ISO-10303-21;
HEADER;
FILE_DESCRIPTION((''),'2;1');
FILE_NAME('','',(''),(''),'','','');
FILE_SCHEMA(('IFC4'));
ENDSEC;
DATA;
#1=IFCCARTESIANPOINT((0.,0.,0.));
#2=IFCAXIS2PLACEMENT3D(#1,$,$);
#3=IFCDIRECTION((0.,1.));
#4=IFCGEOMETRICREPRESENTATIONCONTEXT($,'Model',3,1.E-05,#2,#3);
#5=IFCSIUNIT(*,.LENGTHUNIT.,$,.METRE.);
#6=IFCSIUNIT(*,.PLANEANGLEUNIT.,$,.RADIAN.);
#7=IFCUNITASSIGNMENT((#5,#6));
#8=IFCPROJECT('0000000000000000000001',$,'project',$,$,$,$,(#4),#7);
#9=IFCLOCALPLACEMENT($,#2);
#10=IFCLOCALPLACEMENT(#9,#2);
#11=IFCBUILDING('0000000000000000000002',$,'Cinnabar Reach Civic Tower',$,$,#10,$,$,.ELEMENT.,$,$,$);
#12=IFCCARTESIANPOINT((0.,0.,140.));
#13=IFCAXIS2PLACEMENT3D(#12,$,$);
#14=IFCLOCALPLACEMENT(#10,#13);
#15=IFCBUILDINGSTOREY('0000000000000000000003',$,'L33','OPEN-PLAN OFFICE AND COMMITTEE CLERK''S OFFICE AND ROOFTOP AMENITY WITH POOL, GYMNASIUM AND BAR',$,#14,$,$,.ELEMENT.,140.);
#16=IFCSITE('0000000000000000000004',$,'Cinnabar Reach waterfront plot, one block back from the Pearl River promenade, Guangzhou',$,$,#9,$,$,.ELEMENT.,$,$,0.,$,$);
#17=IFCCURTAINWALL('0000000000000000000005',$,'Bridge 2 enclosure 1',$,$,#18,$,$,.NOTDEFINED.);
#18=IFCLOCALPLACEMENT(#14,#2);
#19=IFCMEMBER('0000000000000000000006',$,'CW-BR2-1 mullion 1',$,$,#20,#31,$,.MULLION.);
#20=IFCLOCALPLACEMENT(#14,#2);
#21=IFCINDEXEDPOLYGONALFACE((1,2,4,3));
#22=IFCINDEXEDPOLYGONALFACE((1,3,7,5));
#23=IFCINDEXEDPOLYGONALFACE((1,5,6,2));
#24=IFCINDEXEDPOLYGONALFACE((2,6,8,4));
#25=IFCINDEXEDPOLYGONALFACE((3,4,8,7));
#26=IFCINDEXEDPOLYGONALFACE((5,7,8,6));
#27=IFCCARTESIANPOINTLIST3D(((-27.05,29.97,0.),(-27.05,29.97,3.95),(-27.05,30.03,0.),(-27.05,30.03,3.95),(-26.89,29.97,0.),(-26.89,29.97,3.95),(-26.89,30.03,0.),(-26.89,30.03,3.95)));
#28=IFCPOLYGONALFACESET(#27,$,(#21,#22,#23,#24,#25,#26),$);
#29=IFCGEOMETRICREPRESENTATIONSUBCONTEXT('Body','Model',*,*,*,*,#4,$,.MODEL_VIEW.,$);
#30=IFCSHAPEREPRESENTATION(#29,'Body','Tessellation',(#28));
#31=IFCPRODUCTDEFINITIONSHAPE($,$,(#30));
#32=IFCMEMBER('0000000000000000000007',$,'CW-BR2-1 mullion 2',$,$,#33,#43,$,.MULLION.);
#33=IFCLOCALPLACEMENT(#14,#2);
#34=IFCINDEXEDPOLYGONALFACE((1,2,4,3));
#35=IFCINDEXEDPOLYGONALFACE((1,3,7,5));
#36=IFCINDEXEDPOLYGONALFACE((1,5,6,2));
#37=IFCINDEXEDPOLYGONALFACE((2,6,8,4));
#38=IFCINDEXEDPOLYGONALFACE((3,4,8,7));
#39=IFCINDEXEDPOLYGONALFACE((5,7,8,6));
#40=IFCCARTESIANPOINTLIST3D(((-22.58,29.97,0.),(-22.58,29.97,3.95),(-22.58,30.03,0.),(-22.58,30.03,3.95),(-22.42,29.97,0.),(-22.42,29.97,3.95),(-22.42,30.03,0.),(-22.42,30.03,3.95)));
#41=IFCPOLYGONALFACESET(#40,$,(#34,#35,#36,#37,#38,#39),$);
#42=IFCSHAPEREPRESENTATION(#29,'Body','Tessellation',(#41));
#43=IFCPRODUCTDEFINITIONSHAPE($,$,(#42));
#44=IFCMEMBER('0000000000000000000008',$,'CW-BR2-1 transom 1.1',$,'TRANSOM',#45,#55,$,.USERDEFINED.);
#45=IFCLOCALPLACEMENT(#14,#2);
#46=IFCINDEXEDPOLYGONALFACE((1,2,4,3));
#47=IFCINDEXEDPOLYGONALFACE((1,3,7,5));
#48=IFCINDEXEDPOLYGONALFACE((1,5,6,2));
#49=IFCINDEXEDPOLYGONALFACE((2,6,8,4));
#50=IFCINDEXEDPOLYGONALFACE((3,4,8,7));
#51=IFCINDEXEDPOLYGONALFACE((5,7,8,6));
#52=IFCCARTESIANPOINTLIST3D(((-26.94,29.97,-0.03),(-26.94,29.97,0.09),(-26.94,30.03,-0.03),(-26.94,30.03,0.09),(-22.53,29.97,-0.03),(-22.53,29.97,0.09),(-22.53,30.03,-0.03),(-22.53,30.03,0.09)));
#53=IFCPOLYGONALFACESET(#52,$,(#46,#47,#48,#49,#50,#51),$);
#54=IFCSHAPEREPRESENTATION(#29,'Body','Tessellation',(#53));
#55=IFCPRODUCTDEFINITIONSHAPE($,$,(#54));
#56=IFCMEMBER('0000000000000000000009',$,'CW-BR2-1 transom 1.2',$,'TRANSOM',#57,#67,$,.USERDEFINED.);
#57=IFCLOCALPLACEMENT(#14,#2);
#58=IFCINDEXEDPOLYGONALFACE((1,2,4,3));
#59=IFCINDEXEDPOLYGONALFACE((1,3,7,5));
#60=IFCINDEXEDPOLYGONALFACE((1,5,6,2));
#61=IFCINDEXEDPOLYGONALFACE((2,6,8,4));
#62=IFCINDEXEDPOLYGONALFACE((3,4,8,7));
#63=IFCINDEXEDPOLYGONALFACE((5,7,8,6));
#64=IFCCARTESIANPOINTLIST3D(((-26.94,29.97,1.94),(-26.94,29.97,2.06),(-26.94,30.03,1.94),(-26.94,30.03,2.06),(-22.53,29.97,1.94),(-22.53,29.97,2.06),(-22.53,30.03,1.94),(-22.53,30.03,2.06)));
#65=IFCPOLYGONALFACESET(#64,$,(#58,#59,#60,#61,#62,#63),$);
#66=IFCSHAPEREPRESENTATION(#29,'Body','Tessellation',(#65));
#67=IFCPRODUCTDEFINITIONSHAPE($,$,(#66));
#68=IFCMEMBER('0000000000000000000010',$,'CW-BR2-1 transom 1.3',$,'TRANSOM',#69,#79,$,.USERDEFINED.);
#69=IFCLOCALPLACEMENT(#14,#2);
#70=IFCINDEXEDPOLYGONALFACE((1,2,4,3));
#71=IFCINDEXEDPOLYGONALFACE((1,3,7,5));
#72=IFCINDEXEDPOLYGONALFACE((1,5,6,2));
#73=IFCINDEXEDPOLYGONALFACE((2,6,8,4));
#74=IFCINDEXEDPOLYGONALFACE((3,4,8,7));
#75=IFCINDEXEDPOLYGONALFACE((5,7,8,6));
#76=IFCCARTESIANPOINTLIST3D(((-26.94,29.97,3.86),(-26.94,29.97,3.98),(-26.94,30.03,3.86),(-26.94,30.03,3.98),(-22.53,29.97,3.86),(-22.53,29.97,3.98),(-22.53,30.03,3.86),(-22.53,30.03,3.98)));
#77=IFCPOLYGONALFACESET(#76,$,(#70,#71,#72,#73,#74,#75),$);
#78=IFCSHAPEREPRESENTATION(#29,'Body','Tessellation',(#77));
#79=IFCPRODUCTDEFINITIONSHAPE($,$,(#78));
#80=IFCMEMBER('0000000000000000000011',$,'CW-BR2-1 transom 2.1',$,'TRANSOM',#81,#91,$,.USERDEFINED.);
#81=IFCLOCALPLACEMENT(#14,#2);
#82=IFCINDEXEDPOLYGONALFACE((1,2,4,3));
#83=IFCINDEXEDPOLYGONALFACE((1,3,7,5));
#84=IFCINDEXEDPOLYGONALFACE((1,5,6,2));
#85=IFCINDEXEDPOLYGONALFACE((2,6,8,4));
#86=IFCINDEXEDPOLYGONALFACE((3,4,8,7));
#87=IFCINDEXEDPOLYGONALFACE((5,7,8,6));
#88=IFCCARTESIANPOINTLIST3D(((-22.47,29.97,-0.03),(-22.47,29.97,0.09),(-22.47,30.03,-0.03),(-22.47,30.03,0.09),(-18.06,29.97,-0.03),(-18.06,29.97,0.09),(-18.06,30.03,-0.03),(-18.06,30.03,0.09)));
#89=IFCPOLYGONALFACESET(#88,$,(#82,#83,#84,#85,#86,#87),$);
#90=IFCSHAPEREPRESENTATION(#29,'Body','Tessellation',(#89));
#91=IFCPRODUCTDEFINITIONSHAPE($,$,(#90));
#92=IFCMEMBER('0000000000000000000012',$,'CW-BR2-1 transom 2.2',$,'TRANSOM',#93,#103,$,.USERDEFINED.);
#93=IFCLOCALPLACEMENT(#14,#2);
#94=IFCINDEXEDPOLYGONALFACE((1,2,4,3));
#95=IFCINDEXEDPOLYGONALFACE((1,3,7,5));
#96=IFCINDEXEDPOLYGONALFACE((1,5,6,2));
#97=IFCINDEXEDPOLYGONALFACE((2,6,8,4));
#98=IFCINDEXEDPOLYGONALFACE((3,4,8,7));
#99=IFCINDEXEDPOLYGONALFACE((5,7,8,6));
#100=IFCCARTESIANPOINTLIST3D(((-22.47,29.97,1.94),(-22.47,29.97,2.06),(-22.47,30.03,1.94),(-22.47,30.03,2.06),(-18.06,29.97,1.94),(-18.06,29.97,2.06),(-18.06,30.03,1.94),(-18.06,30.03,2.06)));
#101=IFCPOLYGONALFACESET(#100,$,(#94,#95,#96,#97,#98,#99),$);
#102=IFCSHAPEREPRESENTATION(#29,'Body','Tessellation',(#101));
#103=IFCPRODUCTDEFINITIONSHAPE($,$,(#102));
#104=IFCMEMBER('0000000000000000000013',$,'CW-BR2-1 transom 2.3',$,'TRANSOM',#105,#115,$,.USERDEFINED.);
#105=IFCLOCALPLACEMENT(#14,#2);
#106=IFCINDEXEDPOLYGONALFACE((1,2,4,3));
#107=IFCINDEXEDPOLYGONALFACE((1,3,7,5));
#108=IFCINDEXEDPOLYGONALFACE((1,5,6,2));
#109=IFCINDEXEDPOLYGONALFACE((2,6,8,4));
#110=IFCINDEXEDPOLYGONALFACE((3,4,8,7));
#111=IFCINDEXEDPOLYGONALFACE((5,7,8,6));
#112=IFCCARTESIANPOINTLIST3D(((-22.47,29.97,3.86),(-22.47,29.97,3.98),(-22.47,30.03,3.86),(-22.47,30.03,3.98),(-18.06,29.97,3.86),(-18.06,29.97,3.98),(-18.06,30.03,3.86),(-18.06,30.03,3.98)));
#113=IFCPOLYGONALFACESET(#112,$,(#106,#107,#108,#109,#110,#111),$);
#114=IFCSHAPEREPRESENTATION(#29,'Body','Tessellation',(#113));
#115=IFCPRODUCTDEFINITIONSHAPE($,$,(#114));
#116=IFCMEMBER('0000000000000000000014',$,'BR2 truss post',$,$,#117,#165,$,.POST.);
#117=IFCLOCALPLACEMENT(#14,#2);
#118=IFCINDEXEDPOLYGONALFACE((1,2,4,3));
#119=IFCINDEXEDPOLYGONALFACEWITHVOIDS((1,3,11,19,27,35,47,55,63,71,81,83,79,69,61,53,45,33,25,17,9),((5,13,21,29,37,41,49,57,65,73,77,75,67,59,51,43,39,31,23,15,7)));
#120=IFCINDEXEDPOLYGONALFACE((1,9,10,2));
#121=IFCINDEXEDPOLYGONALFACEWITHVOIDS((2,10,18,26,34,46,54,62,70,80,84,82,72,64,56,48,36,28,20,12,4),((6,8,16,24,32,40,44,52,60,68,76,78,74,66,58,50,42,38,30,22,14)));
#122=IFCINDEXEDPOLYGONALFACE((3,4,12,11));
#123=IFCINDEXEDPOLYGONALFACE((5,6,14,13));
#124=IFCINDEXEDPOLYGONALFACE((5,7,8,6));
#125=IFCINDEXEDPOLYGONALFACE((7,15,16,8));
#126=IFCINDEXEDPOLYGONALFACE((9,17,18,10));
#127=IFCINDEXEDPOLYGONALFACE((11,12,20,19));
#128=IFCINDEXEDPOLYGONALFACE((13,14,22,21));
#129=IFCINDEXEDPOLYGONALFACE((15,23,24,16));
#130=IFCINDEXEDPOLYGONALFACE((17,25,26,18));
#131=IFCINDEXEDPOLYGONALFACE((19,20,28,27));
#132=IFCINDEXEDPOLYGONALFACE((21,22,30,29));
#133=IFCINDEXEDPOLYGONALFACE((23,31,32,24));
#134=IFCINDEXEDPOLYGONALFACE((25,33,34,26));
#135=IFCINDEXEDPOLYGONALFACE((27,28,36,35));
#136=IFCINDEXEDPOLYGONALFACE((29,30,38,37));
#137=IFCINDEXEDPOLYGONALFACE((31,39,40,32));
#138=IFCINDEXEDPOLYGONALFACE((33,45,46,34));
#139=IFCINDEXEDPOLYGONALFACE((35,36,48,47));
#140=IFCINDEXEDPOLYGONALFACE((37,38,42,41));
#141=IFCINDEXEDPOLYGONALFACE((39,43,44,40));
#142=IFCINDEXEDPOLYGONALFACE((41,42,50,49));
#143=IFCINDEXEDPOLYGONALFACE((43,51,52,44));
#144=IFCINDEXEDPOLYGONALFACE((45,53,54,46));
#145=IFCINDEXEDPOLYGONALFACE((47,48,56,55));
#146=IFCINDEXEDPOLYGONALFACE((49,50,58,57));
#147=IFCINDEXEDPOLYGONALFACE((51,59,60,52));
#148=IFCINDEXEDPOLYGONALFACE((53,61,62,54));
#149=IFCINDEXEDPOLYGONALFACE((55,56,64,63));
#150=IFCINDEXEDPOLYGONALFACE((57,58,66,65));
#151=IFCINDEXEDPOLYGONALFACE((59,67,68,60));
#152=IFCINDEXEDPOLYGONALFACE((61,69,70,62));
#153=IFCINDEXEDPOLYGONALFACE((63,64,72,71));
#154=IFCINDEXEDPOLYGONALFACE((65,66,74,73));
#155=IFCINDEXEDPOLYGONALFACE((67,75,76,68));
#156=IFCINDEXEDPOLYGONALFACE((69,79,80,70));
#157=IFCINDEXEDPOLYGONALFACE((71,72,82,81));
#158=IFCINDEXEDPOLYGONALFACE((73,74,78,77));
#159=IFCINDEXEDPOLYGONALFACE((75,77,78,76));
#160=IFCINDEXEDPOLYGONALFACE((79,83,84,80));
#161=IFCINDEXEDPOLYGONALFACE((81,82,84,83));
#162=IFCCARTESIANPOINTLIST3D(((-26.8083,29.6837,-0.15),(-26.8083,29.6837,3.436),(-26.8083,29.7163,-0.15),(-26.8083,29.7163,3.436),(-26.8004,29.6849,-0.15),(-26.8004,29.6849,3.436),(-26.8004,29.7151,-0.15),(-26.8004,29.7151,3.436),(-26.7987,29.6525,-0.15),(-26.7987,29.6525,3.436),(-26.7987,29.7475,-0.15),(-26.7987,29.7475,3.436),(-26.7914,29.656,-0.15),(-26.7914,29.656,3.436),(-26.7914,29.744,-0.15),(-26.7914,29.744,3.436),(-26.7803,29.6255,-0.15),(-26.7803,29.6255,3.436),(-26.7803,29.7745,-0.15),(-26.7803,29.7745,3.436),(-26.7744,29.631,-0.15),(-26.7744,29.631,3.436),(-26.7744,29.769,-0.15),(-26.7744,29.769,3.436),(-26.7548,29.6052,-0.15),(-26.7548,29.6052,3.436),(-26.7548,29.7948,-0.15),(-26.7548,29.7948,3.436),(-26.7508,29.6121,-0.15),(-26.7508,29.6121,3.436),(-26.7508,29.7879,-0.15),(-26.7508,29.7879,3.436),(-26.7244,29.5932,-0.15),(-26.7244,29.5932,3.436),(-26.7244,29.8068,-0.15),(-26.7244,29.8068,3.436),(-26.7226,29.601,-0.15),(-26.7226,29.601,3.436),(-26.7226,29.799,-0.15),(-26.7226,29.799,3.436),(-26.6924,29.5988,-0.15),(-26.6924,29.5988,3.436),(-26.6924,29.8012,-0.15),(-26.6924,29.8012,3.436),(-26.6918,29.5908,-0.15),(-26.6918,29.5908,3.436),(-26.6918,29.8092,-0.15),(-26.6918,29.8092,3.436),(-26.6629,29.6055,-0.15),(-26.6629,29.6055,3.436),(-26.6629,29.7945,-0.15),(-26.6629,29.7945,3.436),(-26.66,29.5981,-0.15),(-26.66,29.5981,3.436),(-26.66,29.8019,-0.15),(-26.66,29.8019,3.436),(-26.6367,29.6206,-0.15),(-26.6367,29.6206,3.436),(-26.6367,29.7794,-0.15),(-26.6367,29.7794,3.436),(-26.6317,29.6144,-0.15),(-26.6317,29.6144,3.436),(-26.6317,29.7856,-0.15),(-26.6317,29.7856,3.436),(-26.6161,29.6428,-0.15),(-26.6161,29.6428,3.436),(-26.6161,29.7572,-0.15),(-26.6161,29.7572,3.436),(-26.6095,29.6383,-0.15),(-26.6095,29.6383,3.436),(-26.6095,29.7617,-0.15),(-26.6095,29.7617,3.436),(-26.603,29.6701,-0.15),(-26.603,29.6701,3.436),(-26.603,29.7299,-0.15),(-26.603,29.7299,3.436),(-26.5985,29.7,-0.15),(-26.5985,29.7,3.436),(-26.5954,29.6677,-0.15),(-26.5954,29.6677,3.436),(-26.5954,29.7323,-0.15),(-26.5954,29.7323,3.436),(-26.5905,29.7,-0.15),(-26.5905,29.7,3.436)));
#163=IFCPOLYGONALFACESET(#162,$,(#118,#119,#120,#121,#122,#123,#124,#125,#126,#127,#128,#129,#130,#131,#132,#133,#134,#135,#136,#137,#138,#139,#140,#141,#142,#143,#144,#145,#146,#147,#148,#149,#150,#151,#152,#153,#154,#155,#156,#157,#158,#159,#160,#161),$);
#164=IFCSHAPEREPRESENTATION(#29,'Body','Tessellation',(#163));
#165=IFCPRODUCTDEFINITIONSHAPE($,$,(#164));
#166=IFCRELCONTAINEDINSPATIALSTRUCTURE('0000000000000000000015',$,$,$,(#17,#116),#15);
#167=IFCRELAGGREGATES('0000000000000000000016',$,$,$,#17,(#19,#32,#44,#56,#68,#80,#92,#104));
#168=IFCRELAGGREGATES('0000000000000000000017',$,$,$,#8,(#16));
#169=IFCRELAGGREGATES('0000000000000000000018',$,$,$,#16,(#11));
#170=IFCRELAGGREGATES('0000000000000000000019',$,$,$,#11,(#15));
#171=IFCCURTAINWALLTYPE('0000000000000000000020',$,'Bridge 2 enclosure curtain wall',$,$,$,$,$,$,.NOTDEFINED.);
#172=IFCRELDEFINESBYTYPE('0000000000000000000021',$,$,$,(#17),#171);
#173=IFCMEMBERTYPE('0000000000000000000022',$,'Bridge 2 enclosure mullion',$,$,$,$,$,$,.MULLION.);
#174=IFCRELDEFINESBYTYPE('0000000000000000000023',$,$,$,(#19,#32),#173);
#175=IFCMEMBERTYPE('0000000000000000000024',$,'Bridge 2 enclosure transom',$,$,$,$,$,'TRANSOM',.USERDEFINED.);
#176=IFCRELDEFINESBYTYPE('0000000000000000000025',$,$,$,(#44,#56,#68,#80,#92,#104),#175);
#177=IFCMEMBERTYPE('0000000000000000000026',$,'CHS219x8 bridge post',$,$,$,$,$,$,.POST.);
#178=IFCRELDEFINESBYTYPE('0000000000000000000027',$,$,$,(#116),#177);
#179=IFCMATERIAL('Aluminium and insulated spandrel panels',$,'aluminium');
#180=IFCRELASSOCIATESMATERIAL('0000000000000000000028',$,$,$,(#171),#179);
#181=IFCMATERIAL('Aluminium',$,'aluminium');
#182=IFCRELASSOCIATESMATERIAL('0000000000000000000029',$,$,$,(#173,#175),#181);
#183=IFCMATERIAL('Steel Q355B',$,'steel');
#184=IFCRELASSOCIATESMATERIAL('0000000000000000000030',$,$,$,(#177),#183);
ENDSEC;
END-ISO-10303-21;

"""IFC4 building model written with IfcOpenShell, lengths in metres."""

from ifc_helpers import new_model, si_unit, direction, frame, origin, origin_2d, place, context, subcontext, project, spatial, rectangle, hollow_circle, extrude, material, material_profile, profile_set, type_object, element, aggregate, save


model = new_model("IFC4")

# Units and contexts
model_context = context("Model", 3, precision=1e-05, world=origin(), true_north=direction((0.0, 1.0)))
body_context = subcontext(model_context, "Body", "Model", "MODEL_VIEW")
ifc_project = project(units=[si_unit("LENGTHUNIT", "METRE"), si_unit("PLANEANGLEUNIT", "RADIAN")], contexts=[model_context])

# Site, building, storey
site_placement = place(None, origin())
site = spatial("IfcSite", under=ifc_project, at=site_placement, Name="Cinnabar Reach waterfront plot, one block back from the Pearl River promenade, Guangzhou", CompositionType="ELEMENT", RefElevation=0.0)
building_placement = place(site_placement, origin())
building = spatial("IfcBuilding", under=site, at=building_placement, Name="Cinnabar Reach Civic Tower", CompositionType="ELEMENT")
storey_placement = place(building_placement, frame((0.0, 0.0, 140.0)))
storey = spatial("IfcBuildingStorey", under=building, at=storey_placement, Name="L33", Description="OPEN-PLAN OFFICE AND COMMITTEE CLERK'S OFFICE AND ROOFTOP AMENITY WITH POOL, GYMNASIUM AND BAR", CompositionType="ELEMENT", Elevation=140.0)

# Curtain wall, members
ifc_material_1 = material(Name="Aluminium and insulated spandrel panels", Category="aluminium")
curtain_wall_type = type_object("IfcCurtainWallType", Name="Bridge 2 enclosure curtain wall", PredefinedType="NOTDEFINED", material=ifc_material_1)
curtain_wall_placement = place(storey_placement, origin())
curtain_wall = element("IfcCurtainWall", 1, at=curtain_wall_placement, inside=storey, type_object=curtain_wall_type, Name="Bridge 2 enclosure 1", PredefinedType="NOTDEFINED")
ifc_material_2 = material(Name="Aluminium", Category="aluminium")
ifc_material_profile_1 = material_profile(ifc_material_2, rectangle(XDim=0.06, YDim=0.16, at=origin_2d()), Name="Bridge 2 enclosure mullion")
ifc_profile_set_1 = profile_set([ifc_material_profile_1], Name="Aluminium")
member_type_1 = type_object("IfcMemberType", Name="Bridge 2 enclosure mullion", PredefinedType="MULLION", material=ifc_profile_set_1)
member_1_placement = place(storey_placement, frame((-26.97, 30.0, 0.0), z_axis=(0.0, 0.0, 1.0), x_axis=(0.0, 1.0, 0.0)))
member_1 = element("IfcMember", 2, at=member_1_placement, type_object=member_type_1, Name="CW-BR2-1 mullion 1", PredefinedType="MULLION", context=body_context, shape_type="SweptSolid", body=[
    extrude(rectangle(XDim=0.06, YDim=0.16, at=origin_2d()), origin(), (0.0, 0.0, 1.0), 3.95),
])
member_2_placement = place(storey_placement, frame((-22.5, 30.0, 0.0), z_axis=(0.0, 0.0, 1.0), x_axis=(0.0, 1.0, 0.0)))
member_2 = element("IfcMember", 3, at=member_2_placement, type_object=member_type_1, Name="CW-BR2-1 mullion 2", PredefinedType="MULLION", context=body_context, shape_type="SweptSolid", body=[
    extrude(rectangle(XDim=0.06, YDim=0.16, at=origin_2d()), origin(), (0.0, 0.0, 1.0), 3.95),
])
ifc_material_profile_2 = material_profile(ifc_material_2, rectangle(XDim=0.06, YDim=0.12, at=origin_2d()), Name="Bridge 2 enclosure transom")
ifc_profile_set_2 = profile_set([ifc_material_profile_2], Name="Aluminium")
member_type_2 = type_object("IfcMemberType", Name="Bridge 2 enclosure transom", ElementType="TRANSOM", PredefinedType="USERDEFINED", material=ifc_profile_set_2)
member_3_placement = place(storey_placement, frame((-26.94, 30.0, 0.03), z_axis=(1.0, 0.0, 0.0), x_axis=(0.0, 1.0, 0.0)))
member_3 = element("IfcMember", 4, at=member_3_placement, type_object=member_type_2, Name="CW-BR2-1 transom 1.1", ObjectType="TRANSOM", PredefinedType="USERDEFINED", context=body_context, shape_type="SweptSolid", body=[
    extrude(rectangle(XDim=0.06, YDim=0.12, at=origin_2d()), origin(), (0.0, 0.0, 1.0), 4.41),
])
member_4_placement = place(storey_placement, frame((-26.94, 30.0, 2.0), z_axis=(1.0, 0.0, 0.0), x_axis=(0.0, 1.0, 0.0)))
member_4 = element("IfcMember", 5, at=member_4_placement, type_object=member_type_2, Name="CW-BR2-1 transom 1.2", ObjectType="TRANSOM", PredefinedType="USERDEFINED", context=body_context, shape_type="SweptSolid", body=[
    extrude(rectangle(XDim=0.06, YDim=0.12, at=origin_2d()), origin(), (0.0, 0.0, 1.0), 4.41),
])
member_5_placement = place(storey_placement, frame((-26.94, 30.0, 3.92), z_axis=(1.0, 0.0, 0.0), x_axis=(0.0, 1.0, 0.0)))
member_5 = element("IfcMember", 6, at=member_5_placement, type_object=member_type_2, Name="CW-BR2-1 transom 1.3", ObjectType="TRANSOM", PredefinedType="USERDEFINED", context=body_context, shape_type="SweptSolid", body=[
    extrude(rectangle(XDim=0.06, YDim=0.12, at=origin_2d()), origin(), (0.0, 0.0, 1.0), 4.41),
])
member_6_placement = place(storey_placement, frame((-22.47, 30.0, 0.03), z_axis=(1.0, 0.0, 0.0), x_axis=(0.0, 1.0, 0.0)))
member_6 = element("IfcMember", 7, at=member_6_placement, type_object=member_type_2, Name="CW-BR2-1 transom 2.1", ObjectType="TRANSOM", PredefinedType="USERDEFINED", context=body_context, shape_type="SweptSolid", body=[
    extrude(rectangle(XDim=0.06, YDim=0.12, at=origin_2d()), origin(), (0.0, 0.0, 1.0), 4.41),
])
member_7_placement = place(storey_placement, frame((-22.47, 30.0, 2.0), z_axis=(1.0, 0.0, 0.0), x_axis=(0.0, 1.0, 0.0)))
member_7 = element("IfcMember", 8, at=member_7_placement, type_object=member_type_2, Name="CW-BR2-1 transom 2.2", ObjectType="TRANSOM", PredefinedType="USERDEFINED", context=body_context, shape_type="SweptSolid", body=[
    extrude(rectangle(XDim=0.06, YDim=0.12, at=origin_2d()), origin(), (0.0, 0.0, 1.0), 4.41),
])
member_8_placement = place(storey_placement, frame((-22.47, 30.0, 3.92), z_axis=(1.0, 0.0, 0.0), x_axis=(0.0, 1.0, 0.0)))
member_8 = element("IfcMember", 9, at=member_8_placement, type_object=member_type_2, Name="CW-BR2-1 transom 2.3", ObjectType="TRANSOM", PredefinedType="USERDEFINED", context=body_context, shape_type="SweptSolid", body=[
    extrude(rectangle(XDim=0.06, YDim=0.12, at=origin_2d()), origin(), (0.0, 0.0, 1.0), 4.41),
])

# Member
ifc_material_3 = material(Name="Steel Q355B", Category="steel")
ifc_material_profile_3 = material_profile(ifc_material_3, hollow_circle(Radius=0.1095, WallThickness=0.008, at=origin_2d()), Name="CHS219x8")
ifc_profile_set_3 = profile_set([ifc_material_profile_3], Name="Steel Q355B")
member_type_3 = type_object("IfcMemberType", Name="CHS219x8 bridge post", PredefinedType="POST", material=ifc_profile_set_3)
for number, where, z_axis, x_axis, name in (
    (10, (-26.7, 29.7, -0.15), (0.0, 0.0, 1.0), (1.0, 0.0, 0.0), "BR2 truss post"),
):
    element("IfcMember", number, at=place(storey_placement, frame(where, z_axis=z_axis, x_axis=x_axis)), inside=storey, type_object=member_type_3, Name=name, PredefinedType="POST", context=body_context, shape_type="SweptSolid", body=[
        extrude(hollow_circle(Radius=0.1095, WallThickness=0.008, at=origin_2d()), origin(), (0.0, 0.0, 1.0), 3.586),
    ])

aggregate(curtain_wall, [member_1, member_2, member_3, member_4, member_5, member_6, member_7, member_8])

save(model, "model.ifc")
